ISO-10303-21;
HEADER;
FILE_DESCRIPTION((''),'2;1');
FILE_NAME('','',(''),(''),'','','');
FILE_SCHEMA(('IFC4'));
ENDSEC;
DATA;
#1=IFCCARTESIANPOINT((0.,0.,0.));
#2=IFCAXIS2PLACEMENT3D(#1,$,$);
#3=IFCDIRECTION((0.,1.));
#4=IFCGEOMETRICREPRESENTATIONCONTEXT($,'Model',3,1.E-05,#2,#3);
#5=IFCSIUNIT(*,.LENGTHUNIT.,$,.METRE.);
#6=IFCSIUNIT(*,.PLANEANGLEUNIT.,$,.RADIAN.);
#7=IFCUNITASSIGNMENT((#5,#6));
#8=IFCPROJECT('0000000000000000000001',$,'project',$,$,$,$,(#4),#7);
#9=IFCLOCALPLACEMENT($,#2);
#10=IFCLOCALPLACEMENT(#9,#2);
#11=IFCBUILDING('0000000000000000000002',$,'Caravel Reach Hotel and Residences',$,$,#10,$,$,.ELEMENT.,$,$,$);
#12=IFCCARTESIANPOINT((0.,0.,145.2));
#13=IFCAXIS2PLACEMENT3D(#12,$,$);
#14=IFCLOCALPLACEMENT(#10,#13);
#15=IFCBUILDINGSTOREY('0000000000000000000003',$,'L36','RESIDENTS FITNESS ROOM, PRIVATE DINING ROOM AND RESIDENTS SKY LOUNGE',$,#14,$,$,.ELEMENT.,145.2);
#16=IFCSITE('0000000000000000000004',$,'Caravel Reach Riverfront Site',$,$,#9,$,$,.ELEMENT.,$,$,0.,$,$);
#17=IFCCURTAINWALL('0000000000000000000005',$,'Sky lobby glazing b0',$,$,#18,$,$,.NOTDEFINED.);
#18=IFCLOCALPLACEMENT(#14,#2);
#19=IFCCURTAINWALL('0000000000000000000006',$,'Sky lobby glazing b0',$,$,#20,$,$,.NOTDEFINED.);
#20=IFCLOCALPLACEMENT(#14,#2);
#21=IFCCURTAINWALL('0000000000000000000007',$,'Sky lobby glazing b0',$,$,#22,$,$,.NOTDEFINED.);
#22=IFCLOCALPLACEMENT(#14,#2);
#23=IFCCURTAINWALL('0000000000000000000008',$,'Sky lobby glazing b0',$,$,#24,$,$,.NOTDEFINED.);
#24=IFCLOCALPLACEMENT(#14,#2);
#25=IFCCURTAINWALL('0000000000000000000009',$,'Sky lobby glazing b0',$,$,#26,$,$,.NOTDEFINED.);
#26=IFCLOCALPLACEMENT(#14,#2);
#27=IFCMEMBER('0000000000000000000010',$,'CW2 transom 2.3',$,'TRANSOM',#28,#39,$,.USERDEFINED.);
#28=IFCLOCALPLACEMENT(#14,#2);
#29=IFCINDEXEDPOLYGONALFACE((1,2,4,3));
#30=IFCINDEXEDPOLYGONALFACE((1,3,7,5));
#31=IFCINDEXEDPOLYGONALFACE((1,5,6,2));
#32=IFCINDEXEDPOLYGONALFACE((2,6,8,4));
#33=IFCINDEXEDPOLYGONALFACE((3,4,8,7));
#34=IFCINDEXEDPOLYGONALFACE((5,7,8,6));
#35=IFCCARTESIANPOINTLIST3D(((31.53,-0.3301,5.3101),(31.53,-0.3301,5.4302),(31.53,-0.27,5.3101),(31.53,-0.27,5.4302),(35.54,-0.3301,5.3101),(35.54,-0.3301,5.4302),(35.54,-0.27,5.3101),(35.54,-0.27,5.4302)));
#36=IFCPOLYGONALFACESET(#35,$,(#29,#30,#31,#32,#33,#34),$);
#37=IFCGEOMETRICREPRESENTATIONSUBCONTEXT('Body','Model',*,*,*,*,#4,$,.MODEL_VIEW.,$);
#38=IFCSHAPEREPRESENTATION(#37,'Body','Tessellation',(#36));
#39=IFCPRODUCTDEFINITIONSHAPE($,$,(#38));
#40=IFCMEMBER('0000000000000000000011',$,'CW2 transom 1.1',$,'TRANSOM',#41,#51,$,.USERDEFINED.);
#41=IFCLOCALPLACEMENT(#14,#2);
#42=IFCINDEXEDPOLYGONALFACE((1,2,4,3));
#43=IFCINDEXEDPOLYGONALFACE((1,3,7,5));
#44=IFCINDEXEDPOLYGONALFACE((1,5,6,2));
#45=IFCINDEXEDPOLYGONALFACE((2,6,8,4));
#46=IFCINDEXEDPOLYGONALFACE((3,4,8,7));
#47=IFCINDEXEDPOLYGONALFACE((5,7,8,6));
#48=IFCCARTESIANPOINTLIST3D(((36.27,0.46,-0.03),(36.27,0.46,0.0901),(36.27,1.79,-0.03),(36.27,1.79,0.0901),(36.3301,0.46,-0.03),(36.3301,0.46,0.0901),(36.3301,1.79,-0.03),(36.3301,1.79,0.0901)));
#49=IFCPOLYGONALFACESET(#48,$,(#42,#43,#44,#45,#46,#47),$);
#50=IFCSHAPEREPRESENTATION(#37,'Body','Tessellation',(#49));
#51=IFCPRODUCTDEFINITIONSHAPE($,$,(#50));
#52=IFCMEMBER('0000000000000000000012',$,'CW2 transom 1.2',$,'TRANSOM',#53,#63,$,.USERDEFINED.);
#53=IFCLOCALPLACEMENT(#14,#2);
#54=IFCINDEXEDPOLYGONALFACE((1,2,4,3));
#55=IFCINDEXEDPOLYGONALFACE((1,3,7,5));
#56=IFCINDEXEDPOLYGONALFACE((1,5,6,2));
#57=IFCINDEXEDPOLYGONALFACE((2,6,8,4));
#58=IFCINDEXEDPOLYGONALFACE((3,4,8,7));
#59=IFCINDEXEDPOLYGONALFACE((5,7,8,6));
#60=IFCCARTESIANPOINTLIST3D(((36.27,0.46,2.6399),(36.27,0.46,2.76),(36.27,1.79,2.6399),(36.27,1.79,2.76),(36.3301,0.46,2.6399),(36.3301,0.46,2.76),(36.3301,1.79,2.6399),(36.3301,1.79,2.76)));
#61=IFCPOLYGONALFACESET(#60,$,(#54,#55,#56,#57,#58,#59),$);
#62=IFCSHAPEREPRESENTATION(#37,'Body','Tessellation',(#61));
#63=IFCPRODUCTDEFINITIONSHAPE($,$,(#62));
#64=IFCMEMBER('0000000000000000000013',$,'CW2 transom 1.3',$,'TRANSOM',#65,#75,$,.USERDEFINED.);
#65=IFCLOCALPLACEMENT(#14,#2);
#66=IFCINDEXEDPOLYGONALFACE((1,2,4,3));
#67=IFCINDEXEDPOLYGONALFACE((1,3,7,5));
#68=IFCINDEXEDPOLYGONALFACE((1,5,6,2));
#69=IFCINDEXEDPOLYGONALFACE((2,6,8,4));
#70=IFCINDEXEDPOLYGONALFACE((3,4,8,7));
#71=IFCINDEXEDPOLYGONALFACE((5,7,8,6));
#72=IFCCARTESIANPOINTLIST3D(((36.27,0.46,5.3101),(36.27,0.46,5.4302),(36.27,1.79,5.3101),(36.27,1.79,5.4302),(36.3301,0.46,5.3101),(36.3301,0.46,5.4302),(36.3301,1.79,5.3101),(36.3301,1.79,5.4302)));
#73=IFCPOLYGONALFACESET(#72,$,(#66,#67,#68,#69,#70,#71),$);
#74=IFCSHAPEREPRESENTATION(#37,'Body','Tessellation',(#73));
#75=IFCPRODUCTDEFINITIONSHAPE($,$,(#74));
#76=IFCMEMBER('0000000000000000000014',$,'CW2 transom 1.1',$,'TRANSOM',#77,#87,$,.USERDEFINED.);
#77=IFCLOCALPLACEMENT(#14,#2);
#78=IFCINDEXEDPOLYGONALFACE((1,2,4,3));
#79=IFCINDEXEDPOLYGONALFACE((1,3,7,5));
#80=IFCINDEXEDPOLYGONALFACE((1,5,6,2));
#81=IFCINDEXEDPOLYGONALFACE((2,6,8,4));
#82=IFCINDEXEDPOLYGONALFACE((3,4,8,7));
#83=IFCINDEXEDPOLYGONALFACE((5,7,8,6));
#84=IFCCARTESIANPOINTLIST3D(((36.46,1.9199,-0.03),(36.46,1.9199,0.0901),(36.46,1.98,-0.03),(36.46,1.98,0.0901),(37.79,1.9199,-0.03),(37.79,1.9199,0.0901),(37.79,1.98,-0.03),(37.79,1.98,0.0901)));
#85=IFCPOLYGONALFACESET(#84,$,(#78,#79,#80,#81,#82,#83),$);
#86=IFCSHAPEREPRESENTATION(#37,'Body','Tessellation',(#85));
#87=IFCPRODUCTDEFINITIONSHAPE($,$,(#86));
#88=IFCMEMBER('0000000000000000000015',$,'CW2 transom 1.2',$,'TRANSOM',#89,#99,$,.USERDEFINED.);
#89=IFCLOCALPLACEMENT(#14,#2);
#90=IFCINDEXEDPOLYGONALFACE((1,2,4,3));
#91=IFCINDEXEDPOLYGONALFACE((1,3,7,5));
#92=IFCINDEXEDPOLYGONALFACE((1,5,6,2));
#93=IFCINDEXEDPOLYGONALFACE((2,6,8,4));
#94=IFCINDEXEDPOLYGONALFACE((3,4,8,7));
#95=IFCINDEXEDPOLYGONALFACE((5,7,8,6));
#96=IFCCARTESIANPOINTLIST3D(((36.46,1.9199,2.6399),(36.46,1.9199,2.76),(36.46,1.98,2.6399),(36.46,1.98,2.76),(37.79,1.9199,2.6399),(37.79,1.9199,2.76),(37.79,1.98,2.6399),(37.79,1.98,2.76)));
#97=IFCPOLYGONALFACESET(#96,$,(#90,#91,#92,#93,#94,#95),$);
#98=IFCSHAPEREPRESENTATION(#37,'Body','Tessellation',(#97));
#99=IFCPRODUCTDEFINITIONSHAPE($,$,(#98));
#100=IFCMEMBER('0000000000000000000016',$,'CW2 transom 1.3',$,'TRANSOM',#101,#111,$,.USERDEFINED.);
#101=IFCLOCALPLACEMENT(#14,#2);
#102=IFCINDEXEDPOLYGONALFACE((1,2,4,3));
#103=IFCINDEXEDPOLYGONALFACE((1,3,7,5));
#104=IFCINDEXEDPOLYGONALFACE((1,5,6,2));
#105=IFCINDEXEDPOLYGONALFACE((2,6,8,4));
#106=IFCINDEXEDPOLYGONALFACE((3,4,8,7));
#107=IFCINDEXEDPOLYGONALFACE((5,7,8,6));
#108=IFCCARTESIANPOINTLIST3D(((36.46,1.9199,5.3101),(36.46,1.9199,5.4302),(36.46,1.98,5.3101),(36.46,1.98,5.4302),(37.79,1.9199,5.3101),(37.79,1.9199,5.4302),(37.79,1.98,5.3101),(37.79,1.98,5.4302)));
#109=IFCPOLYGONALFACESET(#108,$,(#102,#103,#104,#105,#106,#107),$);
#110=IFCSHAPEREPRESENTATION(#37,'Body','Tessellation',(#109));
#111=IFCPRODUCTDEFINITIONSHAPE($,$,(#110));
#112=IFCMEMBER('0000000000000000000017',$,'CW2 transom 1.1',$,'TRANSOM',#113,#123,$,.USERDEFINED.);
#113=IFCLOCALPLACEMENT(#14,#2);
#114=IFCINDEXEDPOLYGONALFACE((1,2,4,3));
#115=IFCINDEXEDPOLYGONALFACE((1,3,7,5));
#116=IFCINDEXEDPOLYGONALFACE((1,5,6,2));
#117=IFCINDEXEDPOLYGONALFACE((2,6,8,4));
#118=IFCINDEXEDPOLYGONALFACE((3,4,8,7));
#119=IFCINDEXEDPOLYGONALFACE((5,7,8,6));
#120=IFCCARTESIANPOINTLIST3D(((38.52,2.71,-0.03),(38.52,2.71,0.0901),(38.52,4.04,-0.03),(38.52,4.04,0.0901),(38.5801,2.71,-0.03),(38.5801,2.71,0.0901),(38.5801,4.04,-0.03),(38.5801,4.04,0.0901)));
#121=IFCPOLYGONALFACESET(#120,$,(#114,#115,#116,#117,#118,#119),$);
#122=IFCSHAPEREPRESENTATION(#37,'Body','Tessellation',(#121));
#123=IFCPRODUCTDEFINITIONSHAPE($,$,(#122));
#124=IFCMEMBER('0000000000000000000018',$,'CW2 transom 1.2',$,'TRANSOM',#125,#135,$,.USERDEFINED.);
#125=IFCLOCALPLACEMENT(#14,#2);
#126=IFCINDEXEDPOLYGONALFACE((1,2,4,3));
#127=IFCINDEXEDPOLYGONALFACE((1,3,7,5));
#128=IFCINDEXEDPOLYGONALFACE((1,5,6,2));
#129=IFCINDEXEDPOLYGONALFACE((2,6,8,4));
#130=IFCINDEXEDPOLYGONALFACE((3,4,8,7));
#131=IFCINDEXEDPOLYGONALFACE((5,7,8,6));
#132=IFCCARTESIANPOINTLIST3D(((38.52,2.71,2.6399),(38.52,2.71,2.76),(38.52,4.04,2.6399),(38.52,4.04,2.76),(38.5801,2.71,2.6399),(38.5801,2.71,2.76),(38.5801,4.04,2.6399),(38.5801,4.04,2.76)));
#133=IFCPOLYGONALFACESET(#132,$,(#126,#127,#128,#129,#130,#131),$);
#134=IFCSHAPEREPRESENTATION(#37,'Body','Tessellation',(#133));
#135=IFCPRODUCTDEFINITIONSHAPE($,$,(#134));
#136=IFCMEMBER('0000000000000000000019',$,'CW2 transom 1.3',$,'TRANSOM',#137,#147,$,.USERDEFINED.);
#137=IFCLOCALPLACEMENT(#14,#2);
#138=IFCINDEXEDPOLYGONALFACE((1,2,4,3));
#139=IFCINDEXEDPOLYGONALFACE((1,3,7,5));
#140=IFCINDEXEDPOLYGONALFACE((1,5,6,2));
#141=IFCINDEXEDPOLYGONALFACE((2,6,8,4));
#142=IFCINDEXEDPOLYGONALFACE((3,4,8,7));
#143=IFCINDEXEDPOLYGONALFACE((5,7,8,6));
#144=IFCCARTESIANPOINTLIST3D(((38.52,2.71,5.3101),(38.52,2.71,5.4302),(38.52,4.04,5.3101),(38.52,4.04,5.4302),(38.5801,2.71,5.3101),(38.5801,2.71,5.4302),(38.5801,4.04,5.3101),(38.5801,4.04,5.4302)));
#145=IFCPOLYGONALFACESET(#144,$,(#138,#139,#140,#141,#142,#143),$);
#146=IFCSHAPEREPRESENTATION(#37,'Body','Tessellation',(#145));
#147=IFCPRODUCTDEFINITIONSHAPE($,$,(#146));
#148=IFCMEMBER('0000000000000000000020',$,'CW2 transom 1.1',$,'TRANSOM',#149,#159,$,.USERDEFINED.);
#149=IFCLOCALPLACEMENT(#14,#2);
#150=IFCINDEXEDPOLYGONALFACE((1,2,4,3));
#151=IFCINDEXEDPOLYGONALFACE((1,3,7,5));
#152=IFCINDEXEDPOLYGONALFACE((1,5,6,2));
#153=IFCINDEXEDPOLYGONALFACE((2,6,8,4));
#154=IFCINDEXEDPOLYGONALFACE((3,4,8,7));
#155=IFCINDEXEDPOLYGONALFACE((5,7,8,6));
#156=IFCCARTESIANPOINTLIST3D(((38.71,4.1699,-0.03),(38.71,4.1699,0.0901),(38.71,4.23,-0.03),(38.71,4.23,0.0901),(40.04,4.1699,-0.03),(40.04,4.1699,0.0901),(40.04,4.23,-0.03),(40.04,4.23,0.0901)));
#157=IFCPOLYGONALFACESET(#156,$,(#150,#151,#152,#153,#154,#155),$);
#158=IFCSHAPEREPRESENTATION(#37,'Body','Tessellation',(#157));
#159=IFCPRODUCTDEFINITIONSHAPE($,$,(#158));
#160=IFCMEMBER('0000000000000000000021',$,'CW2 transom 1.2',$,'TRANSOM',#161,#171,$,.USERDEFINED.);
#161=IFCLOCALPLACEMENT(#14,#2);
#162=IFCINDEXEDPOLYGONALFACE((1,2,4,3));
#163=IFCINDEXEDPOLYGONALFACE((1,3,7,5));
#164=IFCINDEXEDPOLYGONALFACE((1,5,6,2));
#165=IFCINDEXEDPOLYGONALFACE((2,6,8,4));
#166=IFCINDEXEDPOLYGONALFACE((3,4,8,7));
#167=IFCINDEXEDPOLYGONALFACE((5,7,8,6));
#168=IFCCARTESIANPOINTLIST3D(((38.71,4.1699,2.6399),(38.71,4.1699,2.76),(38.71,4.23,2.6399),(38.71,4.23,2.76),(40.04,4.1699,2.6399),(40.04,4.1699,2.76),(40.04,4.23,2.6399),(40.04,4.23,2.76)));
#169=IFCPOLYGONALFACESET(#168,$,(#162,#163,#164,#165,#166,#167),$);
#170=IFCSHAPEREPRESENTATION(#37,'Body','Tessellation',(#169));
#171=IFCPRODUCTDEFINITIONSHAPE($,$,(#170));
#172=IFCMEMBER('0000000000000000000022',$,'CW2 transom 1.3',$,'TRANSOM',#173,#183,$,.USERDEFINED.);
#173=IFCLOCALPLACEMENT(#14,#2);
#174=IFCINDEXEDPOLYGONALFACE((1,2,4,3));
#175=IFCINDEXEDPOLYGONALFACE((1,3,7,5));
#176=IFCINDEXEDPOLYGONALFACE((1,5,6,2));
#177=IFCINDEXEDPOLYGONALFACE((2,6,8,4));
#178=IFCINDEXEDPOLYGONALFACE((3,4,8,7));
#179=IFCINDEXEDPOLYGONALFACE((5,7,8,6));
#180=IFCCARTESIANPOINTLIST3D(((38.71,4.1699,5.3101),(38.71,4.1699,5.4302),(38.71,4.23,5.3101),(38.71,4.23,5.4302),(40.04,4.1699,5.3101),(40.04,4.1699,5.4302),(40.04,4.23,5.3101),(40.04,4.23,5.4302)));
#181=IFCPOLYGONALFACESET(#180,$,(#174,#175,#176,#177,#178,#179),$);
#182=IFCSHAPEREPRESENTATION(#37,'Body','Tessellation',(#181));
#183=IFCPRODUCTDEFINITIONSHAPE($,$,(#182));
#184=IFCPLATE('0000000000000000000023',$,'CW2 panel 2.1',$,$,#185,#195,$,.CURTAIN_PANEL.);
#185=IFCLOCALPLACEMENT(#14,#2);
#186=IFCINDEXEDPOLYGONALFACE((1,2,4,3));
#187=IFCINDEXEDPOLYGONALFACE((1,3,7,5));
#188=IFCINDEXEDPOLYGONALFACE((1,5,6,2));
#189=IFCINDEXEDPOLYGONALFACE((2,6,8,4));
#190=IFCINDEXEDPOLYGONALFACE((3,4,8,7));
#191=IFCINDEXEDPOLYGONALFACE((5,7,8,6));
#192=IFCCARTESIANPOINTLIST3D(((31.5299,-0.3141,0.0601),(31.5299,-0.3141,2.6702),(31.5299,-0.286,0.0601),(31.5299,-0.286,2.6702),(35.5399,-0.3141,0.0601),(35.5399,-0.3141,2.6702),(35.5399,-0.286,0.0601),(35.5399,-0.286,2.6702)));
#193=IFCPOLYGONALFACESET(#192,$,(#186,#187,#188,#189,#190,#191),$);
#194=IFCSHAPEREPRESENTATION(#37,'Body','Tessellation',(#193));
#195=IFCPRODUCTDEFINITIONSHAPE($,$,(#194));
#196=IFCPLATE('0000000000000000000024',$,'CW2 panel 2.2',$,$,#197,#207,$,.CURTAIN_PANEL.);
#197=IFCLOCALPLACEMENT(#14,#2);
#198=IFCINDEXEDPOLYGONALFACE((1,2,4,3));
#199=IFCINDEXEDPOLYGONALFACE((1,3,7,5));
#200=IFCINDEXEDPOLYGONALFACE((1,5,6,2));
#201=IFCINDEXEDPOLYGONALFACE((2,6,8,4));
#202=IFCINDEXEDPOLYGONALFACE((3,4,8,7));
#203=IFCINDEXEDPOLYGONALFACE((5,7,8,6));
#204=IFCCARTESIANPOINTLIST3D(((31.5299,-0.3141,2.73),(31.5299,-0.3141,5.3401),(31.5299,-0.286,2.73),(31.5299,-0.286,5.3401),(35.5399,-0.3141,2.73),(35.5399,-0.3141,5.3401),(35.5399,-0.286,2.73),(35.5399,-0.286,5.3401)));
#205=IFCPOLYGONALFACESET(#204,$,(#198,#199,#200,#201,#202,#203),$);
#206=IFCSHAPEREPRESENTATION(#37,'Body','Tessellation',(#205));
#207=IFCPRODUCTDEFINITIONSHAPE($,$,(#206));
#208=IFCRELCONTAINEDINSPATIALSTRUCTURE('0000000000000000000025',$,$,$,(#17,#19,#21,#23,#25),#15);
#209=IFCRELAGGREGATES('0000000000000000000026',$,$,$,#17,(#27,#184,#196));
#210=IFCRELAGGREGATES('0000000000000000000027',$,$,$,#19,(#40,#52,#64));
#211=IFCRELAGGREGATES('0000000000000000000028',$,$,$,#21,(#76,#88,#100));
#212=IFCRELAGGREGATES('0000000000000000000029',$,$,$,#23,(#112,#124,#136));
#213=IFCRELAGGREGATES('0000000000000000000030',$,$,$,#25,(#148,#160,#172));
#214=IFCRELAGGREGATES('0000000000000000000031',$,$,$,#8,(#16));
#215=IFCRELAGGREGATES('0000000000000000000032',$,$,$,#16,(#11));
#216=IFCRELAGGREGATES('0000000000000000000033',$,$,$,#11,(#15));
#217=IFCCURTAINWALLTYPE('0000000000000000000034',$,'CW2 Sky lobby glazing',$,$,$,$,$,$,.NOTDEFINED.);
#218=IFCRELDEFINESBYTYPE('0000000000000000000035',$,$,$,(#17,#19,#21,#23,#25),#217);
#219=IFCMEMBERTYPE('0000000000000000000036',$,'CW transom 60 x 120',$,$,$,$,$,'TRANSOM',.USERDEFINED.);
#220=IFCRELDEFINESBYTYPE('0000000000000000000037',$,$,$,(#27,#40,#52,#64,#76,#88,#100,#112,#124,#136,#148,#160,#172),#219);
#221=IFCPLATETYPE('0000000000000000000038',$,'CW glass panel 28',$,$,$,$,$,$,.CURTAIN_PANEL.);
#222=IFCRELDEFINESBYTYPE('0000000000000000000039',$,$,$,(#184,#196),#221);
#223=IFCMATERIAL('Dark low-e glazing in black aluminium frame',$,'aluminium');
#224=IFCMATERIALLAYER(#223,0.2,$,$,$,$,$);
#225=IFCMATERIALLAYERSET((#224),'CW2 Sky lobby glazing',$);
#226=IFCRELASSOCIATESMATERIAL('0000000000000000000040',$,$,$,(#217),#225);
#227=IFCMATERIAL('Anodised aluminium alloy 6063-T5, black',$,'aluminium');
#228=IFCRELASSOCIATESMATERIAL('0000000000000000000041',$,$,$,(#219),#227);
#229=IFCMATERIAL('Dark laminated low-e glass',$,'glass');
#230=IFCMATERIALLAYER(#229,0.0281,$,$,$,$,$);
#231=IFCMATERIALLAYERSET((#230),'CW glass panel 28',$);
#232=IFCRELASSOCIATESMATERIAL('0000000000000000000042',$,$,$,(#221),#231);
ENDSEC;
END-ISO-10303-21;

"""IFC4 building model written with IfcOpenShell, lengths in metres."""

from ifc_helpers import new_model, si_unit, direction, frame, origin, origin_2d, place, context, subcontext, project, spatial, rectangle, extrude, material, layer, layer_set, material_profile, profile_set, type_object, element, aggregate, save


model = new_model("IFC4")

# Units and contexts
model_context = context("Model", 3, precision=1e-05, world=origin(), true_north=direction((0.0, 1.0)))
body_context = subcontext(model_context, "Body", "Model", "MODEL_VIEW")
ifc_project = project(units=[si_unit("LENGTHUNIT", "METRE"), si_unit("PLANEANGLEUNIT", "RADIAN")], contexts=[model_context])

# Site, building, storey
site_placement = place(None, origin())
site = spatial("IfcSite", under=ifc_project, at=site_placement, Name="Caravel Reach Riverfront Site", CompositionType="ELEMENT", RefElevation=0.0)
building_placement = place(site_placement, origin())
building = spatial("IfcBuilding", under=site, at=building_placement, Name="Caravel Reach Hotel and Residences", CompositionType="ELEMENT")
storey_placement = place(building_placement, frame((0.0, 0.0, 145.2)))
storey = spatial("IfcBuildingStorey", under=building, at=storey_placement, Name="L36", Description="RESIDENTS FITNESS ROOM, PRIVATE DINING ROOM AND RESIDENTS SKY LOUNGE", CompositionType="ELEMENT", Elevation=145.2)

# Curtain walls
ifc_material_1 = material(Name="Dark low-e glazing in black aluminium frame", Category="aluminium")
ifc_layer_1 = layer(ifc_material_1, 0.2)
ifc_layer_set_1 = layer_set([ifc_layer_1], Name="CW2 Sky lobby glazing")
curtain_wall_type = type_object("IfcCurtainWallType", Name="CW2 Sky lobby glazing", PredefinedType="NOTDEFINED", material=ifc_layer_set_1)
curtain_wall_1_placement = place(storey_placement, origin())
curtain_wall_1 = element("IfcCurtainWall", 1, at=curtain_wall_1_placement, inside=storey, type_object=curtain_wall_type, Name="Sky lobby glazing b0", PredefinedType="NOTDEFINED")
curtain_wall_2_placement = place(storey_placement, origin())
curtain_wall_2 = element("IfcCurtainWall", 2, at=curtain_wall_2_placement, inside=storey, type_object=curtain_wall_type, Name="Sky lobby glazing b0", PredefinedType="NOTDEFINED")
curtain_wall_3_placement = place(storey_placement, origin())
curtain_wall_3 = element("IfcCurtainWall", 3, at=curtain_wall_3_placement, inside=storey, type_object=curtain_wall_type, Name="Sky lobby glazing b0", PredefinedType="NOTDEFINED")
curtain_wall_4_placement = place(storey_placement, origin())
curtain_wall_4 = element("IfcCurtainWall", 4, at=curtain_wall_4_placement, inside=storey, type_object=curtain_wall_type, Name="Sky lobby glazing b0", PredefinedType="NOTDEFINED")

# Curtain wall
curtain_wall_5_placement = place(storey_placement, origin())
curtain_wall_5 = element("IfcCurtainWall", 5, at=curtain_wall_5_placement, inside=storey, type_object=curtain_wall_type, Name="Sky lobby glazing b0", PredefinedType="NOTDEFINED")

# Members
ifc_material_2 = material(Name="Anodised aluminium alloy 6063-T5, black", Category="aluminium")
ifc_material_profile_1 = material_profile(ifc_material_2, rectangle(XDim=0.0601, YDim=0.1201, at=origin_2d()), Name="CW transom 60 x 120")
ifc_profile_set_1 = profile_set([ifc_material_profile_1], Name="Anodised aluminium alloy 6063-T5, black")
member_type_1 = type_object("IfcMemberType", Name="CW transom 60 x 120", ElementType="TRANSOM", PredefinedType="USERDEFINED", material=ifc_profile_set_1)
member_1_placement = place(storey_placement, frame((31.53, -0.3, 5.3701), z_axis=(1.0, 0.0, 0.0), x_axis=(0.0, 1.0, 0.0)))
member_1 = element("IfcMember", 6, at=member_1_placement, type_object=member_type_1, Name="CW2 transom 2.3", ObjectType="TRANSOM", PredefinedType="USERDEFINED", context=body_context, shape_type="SweptSolid", body=[
    extrude(rectangle(XDim=0.0601, YDim=0.1201, at=origin_2d()), origin(), (0.0, 0.0, 1.0), 4.01),
])
member_2_placement = place(storey_placement, frame((36.3, 0.46, 0.03), z_axis=(0.0, 1.0, 0.0), x_axis=(-1.0, 0.0, 0.0)))
member_2 = element("IfcMember", 7, at=member_2_placement, type_object=member_type_1, Name="CW2 transom 1.1", ObjectType="TRANSOM", PredefinedType="USERDEFINED", context=body_context, shape_type="SweptSolid", body=[
    extrude(rectangle(XDim=0.0601, YDim=0.1201, at=origin_2d()), origin(), (0.0, 0.0, 1.0), 1.3301),
])
member_3_placement = place(storey_placement, frame((36.3, 0.46, 2.7), z_axis=(0.0, 1.0, 0.0), x_axis=(-1.0, 0.0, 0.0)))
member_3 = element("IfcMember", 8, at=member_3_placement, type_object=member_type_1, Name="CW2 transom 1.2", ObjectType="TRANSOM", PredefinedType="USERDEFINED", context=body_context, shape_type="SweptSolid", body=[
    extrude(rectangle(XDim=0.0601, YDim=0.1201, at=origin_2d()), origin(), (0.0, 0.0, 1.0), 1.3301),
])
member_4_placement = place(storey_placement, frame((36.3, 0.46, 5.3701), z_axis=(0.0, 1.0, 0.0), x_axis=(-1.0, 0.0, 0.0)))
member_4 = element("IfcMember", 9, at=member_4_placement, type_object=member_type_1, Name="CW2 transom 1.3", ObjectType="TRANSOM", PredefinedType="USERDEFINED", context=body_context, shape_type="SweptSolid", body=[
    extrude(rectangle(XDim=0.0601, YDim=0.1201, at=origin_2d()), origin(), (0.0, 0.0, 1.0), 1.3301),
])
member_5_placement = place(storey_placement, frame((36.46, 1.95, 0.03), z_axis=(1.0, 0.0, 0.0), x_axis=(0.0, 1.0, 0.0)))
member_5 = element("IfcMember", 10, at=member_5_placement, type_object=member_type_1, Name="CW2 transom 1.1", ObjectType="TRANSOM", PredefinedType="USERDEFINED", context=body_context, shape_type="SweptSolid", body=[
    extrude(rectangle(XDim=0.0601, YDim=0.1201, at=origin_2d()), origin(), (0.0, 0.0, 1.0), 1.3301),
])
member_6_placement = place(storey_placement, frame((36.46, 1.95, 2.7), z_axis=(1.0, 0.0, 0.0), x_axis=(0.0, 1.0, 0.0)))
member_6 = element("IfcMember", 11, at=member_6_placement, type_object=member_type_1, Name="CW2 transom 1.2", ObjectType="TRANSOM", PredefinedType="USERDEFINED", context=body_context, shape_type="SweptSolid", body=[
    extrude(rectangle(XDim=0.0601, YDim=0.1201, at=origin_2d()), origin(), (0.0, 0.0, 1.0), 1.3301),
])
member_7_placement = place(storey_placement, frame((36.46, 1.95, 5.3701), z_axis=(1.0, 0.0, 0.0), x_axis=(0.0, 1.0, 0.0)))
member_7 = element("IfcMember", 12, at=member_7_placement, type_object=member_type_1, Name="CW2 transom 1.3", ObjectType="TRANSOM", PredefinedType="USERDEFINED", context=body_context, shape_type="SweptSolid", body=[
    extrude(rectangle(XDim=0.0601, YDim=0.1201, at=origin_2d()), origin(), (0.0, 0.0, 1.0), 1.3301),
])
member_8_placement = place(storey_placement, frame((38.55, 2.71, 0.03), z_axis=(0.0, 1.0, 0.0), x_axis=(-1.0, 0.0, 0.0)))
member_8 = element("IfcMember", 13, at=member_8_placement, type_object=member_type_1, Name="CW2 transom 1.1", ObjectType="TRANSOM", PredefinedType="USERDEFINED", context=body_context, shape_type="SweptSolid", body=[
    extrude(rectangle(XDim=0.0601, YDim=0.1201, at=origin_2d()), origin(), (0.0, 0.0, 1.0), 1.3301),
])
member_9_placement = place(storey_placement, frame((38.55, 2.71, 2.7), z_axis=(0.0, 1.0, 0.0), x_axis=(-1.0, 0.0, 0.0)))
member_9 = element("IfcMember", 14, at=member_9_placement, type_object=member_type_1, Name="CW2 transom 1.2", ObjectType="TRANSOM", PredefinedType="USERDEFINED", context=body_context, shape_type="SweptSolid", body=[
    extrude(rectangle(XDim=0.0601, YDim=0.1201, at=origin_2d()), origin(), (0.0, 0.0, 1.0), 1.3301),
])
member_10_placement = place(storey_placement, frame((38.55, 2.71, 5.3701), z_axis=(0.0, 1.0, 0.0), x_axis=(-1.0, 0.0, 0.0)))
member_10 = element("IfcMember", 15, at=member_10_placement, type_object=member_type_1, Name="CW2 transom 1.3", ObjectType="TRANSOM", PredefinedType="USERDEFINED", context=body_context, shape_type="SweptSolid", body=[
    extrude(rectangle(XDim=0.0601, YDim=0.1201, at=origin_2d()), origin(), (0.0, 0.0, 1.0), 1.3301),
])
member_11_placement = place(storey_placement, frame((38.71, 4.2, 0.03), z_axis=(1.0, 0.0, 0.0), x_axis=(0.0, 1.0, 0.0)))
member_11 = element("IfcMember", 16, at=member_11_placement, type_object=member_type_1, Name="CW2 transom 1.1", ObjectType="TRANSOM", PredefinedType="USERDEFINED", context=body_context, shape_type="SweptSolid", body=[
    extrude(rectangle(XDim=0.0601, YDim=0.1201, at=origin_2d()), origin(), (0.0, 0.0, 1.0), 1.3301),
])
member_12_placement = place(storey_placement, frame((38.71, 4.2, 2.7), z_axis=(1.0, 0.0, 0.0), x_axis=(0.0, 1.0, 0.0)))
member_12 = element("IfcMember", 17, at=member_12_placement, type_object=member_type_1, Name="CW2 transom 1.2", ObjectType="TRANSOM", PredefinedType="USERDEFINED", context=body_context, shape_type="SweptSolid", body=[
    extrude(rectangle(XDim=0.0601, YDim=0.1201, at=origin_2d()), origin(), (0.0, 0.0, 1.0), 1.3301),
])
member_13_placement = place(storey_placement, frame((38.71, 4.2, 5.3701), z_axis=(1.0, 0.0, 0.0), x_axis=(0.0, 1.0, 0.0)))
member_13 = element("IfcMember", 18, at=member_13_placement, type_object=member_type_1, Name="CW2 transom 1.3", ObjectType="TRANSOM", PredefinedType="USERDEFINED", context=body_context, shape_type="SweptSolid", body=[
    extrude(rectangle(XDim=0.0601, YDim=0.1201, at=origin_2d()), origin(), (0.0, 0.0, 1.0), 1.3301),
])

# Plates
ifc_material_3 = material(Name="Dark laminated low-e glass", Category="glass")
ifc_layer_2 = layer(ifc_material_3, 0.0281)
ifc_layer_set_2 = layer_set([ifc_layer_2], Name="CW glass panel 28")
plate_type = type_object("IfcPlateType", Name="CW glass panel 28", PredefinedType="CURTAIN_PANEL", material=ifc_layer_set_2)
plate_1_placement = place(storey_placement, frame((33.5349, -0.3, 0.0601), z_axis=(0.0, 0.0, 1.0), x_axis=(1.0, 0.0, 0.0)))
plate_1 = element("IfcPlate", 19, at=plate_1_placement, type_object=plate_type, Name="CW2 panel 2.1", PredefinedType="CURTAIN_PANEL", context=body_context, shape_type="SweptSolid", body=[
    extrude(rectangle(XDim=4.01, YDim=0.0281, at=origin_2d()), origin(), (0.0, 0.0, 1.0), 2.6101),
])
plate_2_placement = place(storey_placement, frame((33.5349, -0.3, 2.73), z_axis=(0.0, 0.0, 1.0), x_axis=(1.0, 0.0, 0.0)))
plate_2 = element("IfcPlate", 20, at=plate_2_placement, type_object=plate_type, Name="CW2 panel 2.2", PredefinedType="CURTAIN_PANEL", context=body_context, shape_type="SweptSolid", body=[
    extrude(rectangle(XDim=4.01, YDim=0.0281, at=origin_2d()), origin(), (0.0, 0.0, 1.0), 2.6101),
])
aggregate(curtain_wall_1, [member_1, plate_1, plate_2])
aggregate(curtain_wall_2, [member_2, member_3, member_4])
aggregate(curtain_wall_3, [member_5, member_6, member_7])
aggregate(curtain_wall_4, [member_8, member_9, member_10])
aggregate(curtain_wall_5, [member_11, member_12, member_13])

save(model, "model.ifc")
